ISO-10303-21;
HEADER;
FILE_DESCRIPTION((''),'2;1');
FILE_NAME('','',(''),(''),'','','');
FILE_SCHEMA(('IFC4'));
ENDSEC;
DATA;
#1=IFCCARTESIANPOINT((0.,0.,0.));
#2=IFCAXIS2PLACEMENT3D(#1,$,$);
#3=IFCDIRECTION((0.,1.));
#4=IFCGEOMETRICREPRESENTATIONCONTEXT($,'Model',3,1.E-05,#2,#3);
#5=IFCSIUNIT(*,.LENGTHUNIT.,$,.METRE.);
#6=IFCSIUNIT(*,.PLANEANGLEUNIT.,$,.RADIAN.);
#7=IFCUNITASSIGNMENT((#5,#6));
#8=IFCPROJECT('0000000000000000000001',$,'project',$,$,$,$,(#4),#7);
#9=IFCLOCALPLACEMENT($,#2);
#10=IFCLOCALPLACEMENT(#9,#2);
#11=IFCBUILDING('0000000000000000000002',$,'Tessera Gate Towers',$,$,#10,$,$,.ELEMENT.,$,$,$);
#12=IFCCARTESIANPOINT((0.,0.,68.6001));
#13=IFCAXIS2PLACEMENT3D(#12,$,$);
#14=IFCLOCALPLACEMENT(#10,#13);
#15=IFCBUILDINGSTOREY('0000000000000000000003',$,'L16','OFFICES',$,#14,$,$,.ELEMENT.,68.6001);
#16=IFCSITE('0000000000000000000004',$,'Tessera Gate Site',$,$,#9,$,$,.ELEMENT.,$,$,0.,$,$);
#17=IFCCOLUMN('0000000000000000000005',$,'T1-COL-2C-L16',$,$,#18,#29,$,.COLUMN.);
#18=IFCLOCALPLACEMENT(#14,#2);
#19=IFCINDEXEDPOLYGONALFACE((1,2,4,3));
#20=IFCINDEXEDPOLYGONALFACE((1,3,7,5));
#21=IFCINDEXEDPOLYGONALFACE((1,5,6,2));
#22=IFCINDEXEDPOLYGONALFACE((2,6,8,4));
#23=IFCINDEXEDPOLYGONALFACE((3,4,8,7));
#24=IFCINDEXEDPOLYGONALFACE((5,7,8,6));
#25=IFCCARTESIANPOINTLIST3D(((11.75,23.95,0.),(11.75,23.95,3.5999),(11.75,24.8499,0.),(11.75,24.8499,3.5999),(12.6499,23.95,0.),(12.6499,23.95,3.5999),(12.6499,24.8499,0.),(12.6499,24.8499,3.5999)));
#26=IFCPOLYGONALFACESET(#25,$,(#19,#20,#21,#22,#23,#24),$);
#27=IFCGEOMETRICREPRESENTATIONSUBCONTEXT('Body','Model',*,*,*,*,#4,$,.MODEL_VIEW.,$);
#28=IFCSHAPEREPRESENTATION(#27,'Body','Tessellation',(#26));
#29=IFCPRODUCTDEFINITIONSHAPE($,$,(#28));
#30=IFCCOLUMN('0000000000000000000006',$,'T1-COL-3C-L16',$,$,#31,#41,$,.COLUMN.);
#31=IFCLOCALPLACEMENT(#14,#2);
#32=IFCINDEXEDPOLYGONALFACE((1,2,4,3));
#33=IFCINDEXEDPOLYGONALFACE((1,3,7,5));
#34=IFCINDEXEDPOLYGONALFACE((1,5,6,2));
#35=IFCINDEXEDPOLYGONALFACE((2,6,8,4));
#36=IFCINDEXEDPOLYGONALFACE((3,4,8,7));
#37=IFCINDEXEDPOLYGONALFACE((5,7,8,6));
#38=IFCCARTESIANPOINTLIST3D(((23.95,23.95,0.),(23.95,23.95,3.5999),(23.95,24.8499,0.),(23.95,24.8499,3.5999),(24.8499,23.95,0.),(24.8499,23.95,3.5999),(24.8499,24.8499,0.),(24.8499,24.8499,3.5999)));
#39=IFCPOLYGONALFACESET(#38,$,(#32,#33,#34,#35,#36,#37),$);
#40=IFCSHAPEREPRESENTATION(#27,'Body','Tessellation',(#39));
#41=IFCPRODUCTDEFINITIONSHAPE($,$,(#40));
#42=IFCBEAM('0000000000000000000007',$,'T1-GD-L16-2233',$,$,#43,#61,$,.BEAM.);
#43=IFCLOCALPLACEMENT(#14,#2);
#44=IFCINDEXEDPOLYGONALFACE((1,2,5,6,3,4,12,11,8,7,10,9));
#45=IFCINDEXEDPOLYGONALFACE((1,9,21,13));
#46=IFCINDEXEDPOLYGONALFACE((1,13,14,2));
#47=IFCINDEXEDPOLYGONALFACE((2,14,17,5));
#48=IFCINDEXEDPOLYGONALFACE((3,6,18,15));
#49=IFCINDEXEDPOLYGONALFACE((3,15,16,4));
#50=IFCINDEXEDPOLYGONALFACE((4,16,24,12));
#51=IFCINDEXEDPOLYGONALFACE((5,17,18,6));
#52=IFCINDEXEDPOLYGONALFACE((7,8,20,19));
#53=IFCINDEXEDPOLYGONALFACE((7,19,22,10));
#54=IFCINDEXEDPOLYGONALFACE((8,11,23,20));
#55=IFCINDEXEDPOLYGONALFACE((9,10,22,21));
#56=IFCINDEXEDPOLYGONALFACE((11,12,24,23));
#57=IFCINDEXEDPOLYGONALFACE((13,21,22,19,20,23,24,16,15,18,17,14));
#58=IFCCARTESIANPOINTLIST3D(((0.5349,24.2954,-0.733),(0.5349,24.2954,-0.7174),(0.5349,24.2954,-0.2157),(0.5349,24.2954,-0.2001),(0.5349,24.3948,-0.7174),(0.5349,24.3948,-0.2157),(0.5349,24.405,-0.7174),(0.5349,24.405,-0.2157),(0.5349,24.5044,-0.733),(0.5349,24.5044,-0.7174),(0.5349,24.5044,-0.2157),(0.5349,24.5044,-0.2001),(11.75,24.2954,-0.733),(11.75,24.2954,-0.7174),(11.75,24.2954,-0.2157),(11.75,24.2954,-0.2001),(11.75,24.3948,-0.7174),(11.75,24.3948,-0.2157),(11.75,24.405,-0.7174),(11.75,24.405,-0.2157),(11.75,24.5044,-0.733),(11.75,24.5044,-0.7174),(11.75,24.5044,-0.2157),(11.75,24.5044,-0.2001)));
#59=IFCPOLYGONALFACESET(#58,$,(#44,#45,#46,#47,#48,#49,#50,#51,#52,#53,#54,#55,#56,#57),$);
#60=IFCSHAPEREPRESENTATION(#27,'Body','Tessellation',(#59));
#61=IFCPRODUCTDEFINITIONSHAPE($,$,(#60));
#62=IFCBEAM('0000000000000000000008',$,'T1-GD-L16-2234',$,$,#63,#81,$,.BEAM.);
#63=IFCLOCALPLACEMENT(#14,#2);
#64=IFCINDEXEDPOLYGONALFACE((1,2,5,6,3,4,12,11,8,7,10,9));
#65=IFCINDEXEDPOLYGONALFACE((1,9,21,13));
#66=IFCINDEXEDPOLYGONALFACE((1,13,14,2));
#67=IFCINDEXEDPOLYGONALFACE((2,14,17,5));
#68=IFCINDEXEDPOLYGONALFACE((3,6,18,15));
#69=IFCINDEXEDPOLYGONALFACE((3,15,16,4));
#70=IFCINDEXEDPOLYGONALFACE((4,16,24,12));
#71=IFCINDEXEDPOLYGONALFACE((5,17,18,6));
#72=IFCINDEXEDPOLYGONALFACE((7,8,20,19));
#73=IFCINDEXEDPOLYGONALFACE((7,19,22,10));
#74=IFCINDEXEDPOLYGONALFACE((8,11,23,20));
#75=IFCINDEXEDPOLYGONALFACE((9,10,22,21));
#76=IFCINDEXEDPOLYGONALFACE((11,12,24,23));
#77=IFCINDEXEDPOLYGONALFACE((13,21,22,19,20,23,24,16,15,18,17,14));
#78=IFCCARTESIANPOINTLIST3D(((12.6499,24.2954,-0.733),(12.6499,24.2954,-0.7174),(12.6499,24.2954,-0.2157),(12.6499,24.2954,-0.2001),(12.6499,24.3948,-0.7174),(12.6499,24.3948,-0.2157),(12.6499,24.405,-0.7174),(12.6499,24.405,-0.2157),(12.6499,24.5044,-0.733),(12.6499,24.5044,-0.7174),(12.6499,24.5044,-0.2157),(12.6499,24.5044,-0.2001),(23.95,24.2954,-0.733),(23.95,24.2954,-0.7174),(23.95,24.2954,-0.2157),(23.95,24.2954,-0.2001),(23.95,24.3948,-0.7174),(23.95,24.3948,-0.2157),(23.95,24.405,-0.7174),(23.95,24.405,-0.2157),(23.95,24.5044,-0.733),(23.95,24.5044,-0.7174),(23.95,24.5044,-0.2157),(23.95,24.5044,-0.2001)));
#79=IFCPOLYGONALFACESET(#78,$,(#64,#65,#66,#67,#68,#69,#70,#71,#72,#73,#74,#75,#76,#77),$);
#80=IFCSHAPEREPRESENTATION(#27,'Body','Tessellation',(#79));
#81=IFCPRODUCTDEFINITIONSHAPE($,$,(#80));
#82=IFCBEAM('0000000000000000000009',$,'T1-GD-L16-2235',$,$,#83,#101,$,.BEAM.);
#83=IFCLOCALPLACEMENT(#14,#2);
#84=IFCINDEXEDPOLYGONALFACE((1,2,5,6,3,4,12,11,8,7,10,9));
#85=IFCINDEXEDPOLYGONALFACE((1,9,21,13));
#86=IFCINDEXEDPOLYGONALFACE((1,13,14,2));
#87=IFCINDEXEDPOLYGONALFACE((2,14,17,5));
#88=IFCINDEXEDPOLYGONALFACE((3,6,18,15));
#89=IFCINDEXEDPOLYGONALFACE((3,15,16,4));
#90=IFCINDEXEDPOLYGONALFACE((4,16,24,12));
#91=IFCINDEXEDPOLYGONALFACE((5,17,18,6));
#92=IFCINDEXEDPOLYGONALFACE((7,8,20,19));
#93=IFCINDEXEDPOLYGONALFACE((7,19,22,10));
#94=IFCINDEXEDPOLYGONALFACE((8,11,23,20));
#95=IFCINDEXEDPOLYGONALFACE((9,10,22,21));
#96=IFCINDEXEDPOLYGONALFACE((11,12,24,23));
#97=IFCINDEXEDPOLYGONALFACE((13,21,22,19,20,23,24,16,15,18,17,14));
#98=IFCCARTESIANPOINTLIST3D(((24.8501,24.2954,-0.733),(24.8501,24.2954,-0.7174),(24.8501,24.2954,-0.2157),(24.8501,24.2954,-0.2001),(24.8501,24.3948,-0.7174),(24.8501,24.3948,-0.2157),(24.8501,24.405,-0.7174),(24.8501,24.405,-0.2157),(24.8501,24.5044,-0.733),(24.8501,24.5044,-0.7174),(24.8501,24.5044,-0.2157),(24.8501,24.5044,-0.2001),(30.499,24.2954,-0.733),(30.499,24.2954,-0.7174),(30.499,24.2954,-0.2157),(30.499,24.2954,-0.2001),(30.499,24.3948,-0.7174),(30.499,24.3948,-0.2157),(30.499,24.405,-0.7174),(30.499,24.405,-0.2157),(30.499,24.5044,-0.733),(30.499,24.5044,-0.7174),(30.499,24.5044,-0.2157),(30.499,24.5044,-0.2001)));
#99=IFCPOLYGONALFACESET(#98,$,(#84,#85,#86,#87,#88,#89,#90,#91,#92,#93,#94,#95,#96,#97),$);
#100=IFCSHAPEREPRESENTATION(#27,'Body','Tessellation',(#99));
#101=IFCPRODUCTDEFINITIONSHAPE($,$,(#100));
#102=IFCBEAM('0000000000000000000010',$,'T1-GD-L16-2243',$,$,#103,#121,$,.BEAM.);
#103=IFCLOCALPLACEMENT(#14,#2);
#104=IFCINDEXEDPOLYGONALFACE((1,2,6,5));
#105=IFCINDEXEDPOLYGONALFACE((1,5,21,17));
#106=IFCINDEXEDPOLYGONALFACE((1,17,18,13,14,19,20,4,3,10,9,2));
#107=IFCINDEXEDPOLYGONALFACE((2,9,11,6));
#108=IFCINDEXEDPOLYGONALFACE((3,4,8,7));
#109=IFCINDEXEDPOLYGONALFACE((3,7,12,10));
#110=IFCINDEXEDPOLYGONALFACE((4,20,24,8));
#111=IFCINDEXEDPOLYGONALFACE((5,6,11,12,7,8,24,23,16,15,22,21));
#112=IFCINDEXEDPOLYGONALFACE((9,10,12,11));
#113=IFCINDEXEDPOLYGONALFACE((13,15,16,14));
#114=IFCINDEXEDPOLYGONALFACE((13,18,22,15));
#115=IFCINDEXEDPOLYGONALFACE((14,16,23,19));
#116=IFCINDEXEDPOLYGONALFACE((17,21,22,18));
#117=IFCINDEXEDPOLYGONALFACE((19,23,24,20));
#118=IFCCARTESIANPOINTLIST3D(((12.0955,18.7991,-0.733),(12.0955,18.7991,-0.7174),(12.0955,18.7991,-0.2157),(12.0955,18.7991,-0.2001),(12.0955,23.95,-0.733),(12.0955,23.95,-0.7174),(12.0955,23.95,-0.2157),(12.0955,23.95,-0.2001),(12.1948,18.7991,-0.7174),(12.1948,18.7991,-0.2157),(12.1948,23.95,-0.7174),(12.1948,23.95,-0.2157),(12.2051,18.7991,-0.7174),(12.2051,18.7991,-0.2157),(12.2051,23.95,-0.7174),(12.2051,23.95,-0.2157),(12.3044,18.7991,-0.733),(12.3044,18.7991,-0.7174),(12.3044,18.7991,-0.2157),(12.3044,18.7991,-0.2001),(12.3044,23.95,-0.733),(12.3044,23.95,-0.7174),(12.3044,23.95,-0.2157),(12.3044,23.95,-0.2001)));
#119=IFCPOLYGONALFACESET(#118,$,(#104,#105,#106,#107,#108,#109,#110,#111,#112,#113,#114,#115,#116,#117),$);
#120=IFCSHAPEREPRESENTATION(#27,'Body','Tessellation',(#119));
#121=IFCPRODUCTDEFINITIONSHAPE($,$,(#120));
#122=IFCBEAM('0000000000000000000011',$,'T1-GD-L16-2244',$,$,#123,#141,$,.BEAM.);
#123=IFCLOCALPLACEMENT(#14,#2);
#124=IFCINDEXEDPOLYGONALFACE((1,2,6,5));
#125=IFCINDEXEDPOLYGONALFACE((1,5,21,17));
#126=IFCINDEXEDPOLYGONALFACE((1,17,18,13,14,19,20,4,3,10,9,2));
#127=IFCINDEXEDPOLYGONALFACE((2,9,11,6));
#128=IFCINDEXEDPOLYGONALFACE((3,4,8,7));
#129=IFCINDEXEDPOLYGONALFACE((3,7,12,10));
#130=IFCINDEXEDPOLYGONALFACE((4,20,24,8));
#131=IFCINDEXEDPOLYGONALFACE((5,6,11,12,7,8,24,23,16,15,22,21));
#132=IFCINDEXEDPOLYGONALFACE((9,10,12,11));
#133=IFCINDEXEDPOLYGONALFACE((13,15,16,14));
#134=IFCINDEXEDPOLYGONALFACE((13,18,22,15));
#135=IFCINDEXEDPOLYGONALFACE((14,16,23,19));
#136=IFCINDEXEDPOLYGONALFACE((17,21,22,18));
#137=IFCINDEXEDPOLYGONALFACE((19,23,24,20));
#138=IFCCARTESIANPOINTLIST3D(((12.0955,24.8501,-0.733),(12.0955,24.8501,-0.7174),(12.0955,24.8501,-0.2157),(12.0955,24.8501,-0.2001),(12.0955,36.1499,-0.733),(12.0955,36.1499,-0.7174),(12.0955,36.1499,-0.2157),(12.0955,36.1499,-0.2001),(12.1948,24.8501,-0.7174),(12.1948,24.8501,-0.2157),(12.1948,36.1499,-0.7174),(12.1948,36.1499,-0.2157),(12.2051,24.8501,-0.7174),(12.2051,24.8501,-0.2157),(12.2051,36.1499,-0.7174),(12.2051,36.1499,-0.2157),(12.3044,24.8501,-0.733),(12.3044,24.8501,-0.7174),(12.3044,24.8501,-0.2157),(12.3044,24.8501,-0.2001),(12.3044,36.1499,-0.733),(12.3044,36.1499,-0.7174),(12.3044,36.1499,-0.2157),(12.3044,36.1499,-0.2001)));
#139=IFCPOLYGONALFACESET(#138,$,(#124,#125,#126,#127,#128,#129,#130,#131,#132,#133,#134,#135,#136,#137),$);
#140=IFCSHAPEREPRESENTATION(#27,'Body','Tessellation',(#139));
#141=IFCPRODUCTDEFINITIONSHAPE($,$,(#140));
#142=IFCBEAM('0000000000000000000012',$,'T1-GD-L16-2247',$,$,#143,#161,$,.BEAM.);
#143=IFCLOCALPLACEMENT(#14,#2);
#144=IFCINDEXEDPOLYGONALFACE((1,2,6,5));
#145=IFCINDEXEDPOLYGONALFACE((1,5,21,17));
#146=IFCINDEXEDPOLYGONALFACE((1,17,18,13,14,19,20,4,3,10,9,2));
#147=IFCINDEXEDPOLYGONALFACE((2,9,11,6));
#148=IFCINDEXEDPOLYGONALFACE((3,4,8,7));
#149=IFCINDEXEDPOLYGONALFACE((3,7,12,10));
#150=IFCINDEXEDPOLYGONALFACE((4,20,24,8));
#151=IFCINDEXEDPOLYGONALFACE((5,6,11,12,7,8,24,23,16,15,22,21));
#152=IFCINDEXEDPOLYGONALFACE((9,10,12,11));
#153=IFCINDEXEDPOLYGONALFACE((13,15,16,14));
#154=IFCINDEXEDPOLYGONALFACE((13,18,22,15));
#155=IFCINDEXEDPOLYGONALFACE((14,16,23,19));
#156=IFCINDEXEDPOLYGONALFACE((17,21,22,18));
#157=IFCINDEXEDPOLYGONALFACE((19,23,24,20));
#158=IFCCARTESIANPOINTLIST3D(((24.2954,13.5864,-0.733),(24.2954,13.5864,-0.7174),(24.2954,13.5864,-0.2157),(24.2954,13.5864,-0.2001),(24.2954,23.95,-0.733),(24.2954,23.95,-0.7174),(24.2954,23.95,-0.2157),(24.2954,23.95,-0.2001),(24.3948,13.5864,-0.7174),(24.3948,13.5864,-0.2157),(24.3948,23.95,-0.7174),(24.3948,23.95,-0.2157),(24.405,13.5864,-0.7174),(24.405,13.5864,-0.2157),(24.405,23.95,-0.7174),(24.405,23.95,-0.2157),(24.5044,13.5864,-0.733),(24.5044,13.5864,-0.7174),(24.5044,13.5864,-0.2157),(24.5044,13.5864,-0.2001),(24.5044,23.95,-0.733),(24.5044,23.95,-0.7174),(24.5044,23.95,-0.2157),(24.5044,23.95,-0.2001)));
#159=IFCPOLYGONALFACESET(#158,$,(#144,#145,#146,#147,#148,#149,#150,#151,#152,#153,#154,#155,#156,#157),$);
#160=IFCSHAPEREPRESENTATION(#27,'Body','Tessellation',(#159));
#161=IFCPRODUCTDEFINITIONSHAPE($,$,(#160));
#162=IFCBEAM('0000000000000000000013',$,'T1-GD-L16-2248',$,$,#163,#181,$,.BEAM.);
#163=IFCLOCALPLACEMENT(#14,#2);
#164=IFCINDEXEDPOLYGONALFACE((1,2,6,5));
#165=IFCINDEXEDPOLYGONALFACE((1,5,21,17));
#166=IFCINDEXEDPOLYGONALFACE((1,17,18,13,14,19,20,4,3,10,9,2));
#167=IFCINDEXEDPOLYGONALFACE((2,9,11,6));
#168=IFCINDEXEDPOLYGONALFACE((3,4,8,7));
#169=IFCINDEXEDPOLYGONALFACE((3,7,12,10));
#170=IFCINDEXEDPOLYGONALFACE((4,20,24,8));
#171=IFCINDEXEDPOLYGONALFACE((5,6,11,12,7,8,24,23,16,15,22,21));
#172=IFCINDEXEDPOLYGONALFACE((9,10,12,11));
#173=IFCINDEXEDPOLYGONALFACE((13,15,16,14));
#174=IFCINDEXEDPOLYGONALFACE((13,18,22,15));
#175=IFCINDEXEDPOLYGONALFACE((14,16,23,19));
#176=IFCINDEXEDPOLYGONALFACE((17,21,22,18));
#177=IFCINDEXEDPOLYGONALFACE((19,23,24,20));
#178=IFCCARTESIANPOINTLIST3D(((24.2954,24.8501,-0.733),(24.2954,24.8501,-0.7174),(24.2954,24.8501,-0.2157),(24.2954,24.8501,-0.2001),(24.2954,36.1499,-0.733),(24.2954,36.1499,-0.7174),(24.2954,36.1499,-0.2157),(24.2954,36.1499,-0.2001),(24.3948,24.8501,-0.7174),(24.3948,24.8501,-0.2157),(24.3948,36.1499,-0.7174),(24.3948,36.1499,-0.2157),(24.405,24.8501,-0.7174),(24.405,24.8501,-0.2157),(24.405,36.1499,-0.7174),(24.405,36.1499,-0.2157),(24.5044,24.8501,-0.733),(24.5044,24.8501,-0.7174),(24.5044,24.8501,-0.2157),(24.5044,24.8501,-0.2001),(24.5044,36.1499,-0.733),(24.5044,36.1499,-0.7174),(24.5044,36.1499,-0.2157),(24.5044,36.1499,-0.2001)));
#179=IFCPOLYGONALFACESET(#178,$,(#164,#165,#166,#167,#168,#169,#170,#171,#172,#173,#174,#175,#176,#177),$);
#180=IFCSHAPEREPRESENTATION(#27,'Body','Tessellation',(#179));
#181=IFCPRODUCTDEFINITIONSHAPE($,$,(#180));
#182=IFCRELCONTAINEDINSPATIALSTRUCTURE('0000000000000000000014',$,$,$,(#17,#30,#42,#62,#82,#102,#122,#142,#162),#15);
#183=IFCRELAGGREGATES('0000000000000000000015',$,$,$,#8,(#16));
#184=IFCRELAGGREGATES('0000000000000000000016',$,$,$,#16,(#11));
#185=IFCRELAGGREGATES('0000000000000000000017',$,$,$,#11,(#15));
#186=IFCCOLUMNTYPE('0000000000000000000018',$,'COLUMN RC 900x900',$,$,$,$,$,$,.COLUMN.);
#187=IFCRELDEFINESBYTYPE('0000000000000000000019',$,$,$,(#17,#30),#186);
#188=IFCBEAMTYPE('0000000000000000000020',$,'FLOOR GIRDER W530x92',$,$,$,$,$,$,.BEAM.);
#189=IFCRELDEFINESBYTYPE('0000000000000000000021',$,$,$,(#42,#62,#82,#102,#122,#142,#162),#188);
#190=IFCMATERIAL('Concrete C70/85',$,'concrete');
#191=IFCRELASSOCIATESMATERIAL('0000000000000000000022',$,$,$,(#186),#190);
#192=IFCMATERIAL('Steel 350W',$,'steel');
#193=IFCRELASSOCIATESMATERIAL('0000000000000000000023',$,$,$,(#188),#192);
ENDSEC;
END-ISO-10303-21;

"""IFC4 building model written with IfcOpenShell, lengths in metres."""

from ifc_helpers import new_model, si_unit, direction, frame, origin, origin_2d, place, context, subcontext, project, spatial, rectangle, i_section, extrude, material, material_profile, profile_set, type_object, element, save


model = new_model("IFC4")

# Units and contexts
model_context = context("Model", 3, precision=1e-05, world=origin(), true_north=direction((0.0, 1.0)))
body_context = subcontext(model_context, "Body", "Model", "MODEL_VIEW")
ifc_project = project(units=[si_unit("LENGTHUNIT", "METRE"), si_unit("PLANEANGLEUNIT", "RADIAN")], contexts=[model_context])

# Site, building, storey
site_placement = place(None, origin())
site = spatial("IfcSite", under=ifc_project, at=site_placement, Name="Tessera Gate Site", CompositionType="ELEMENT", RefElevation=0.0)
building_placement = place(site_placement, origin())
building = spatial("IfcBuilding", under=site, at=building_placement, Name="Tessera Gate Towers", CompositionType="ELEMENT")
storey_placement = place(building_placement, frame((0.0, 0.0, 68.6001)))
storey = spatial("IfcBuildingStorey", under=building, at=storey_placement, Name="L16", Description="OFFICES", CompositionType="ELEMENT", Elevation=68.6001)

# Columns
ifc_material_1 = material(Name="Concrete C70/85", Category="concrete")
ifc_material_profile_1 = material_profile(ifc_material_1, rectangle(XDim=0.8999, YDim=0.8999, at=origin_2d()), Name="RC 900x900")
ifc_profile_set_1 = profile_set([ifc_material_profile_1], Name="Concrete C70/85")
column_type = type_object("IfcColumnType", Name="COLUMN RC 900x900", PredefinedType="COLUMN", material=ifc_profile_set_1)
for number, where, z_axis, x_axis, name in (
    (1, (12.2, 24.3999, 0.0), (0.0, 0.0, 1.0), (1.0, 0.0, 0.0), "T1-COL-2C-L16"),
    (2, (24.3999, 24.3999, 0.0), (0.0, 0.0, 1.0), (1.0, 0.0, 0.0), "T1-COL-3C-L16"),
):
    element("IfcColumn", number, at=place(storey_placement, frame(where, z_axis=z_axis, x_axis=x_axis)), inside=storey, type_object=column_type, Name=name, PredefinedType="COLUMN", context=body_context, shape_type="SweptSolid", body=[
        extrude(rectangle(XDim=0.8999, YDim=0.8999, at=origin_2d()), origin(), (0.0, 0.0, 1.0), 3.5999),
    ])

# Beams
ifc_material_2 = material(Name="Steel 350W", Category="steel")
ifc_material_profile_2 = material_profile(ifc_material_2, i_section(OverallWidth=0.209, OverallDepth=0.533, WebThickness=0.0103, FlangeThickness=0.0156, at=origin_2d()), Name="W530x92")
ifc_profile_set_2 = profile_set([ifc_material_profile_2], Name="Steel 350W")
beam_type_1 = type_object("IfcBeamType", Name="FLOOR GIRDER W530x92", PredefinedType="BEAM", material=ifc_profile_set_2)
beam_1_placement = place(storey_placement, frame((0.5349, 24.3999, -0.4666), z_axis=(1.0, 0.0, 0.0), x_axis=(0.0, 1.0, 0.0)))
element("IfcBeam", 3, at=beam_1_placement, inside=storey, type_object=beam_type_1, Name="T1-GD-L16-2233", PredefinedType="BEAM", context=body_context, shape_type="SweptSolid", body=[
    extrude(i_section(OverallWidth=0.209, OverallDepth=0.533, WebThickness=0.0103, FlangeThickness=0.0156, at=origin_2d()), origin(), (0.0, 0.0, 1.0), 11.2151),
])
beam_2_placement = place(storey_placement, frame((12.6499, 24.3999, -0.4666), z_axis=(1.0, 0.0, 0.0), x_axis=(0.0, 1.0, 0.0)))
element("IfcBeam", 4, at=beam_2_placement, inside=storey, type_object=beam_type_1, Name="T1-GD-L16-2234", PredefinedType="BEAM", context=body_context, shape_type="SweptSolid", body=[
    extrude(i_section(OverallWidth=0.209, OverallDepth=0.533, WebThickness=0.0103, FlangeThickness=0.0156, at=origin_2d()), origin(), (0.0, 0.0, 1.0), 11.3),
])
beam_3_placement = place(storey_placement, frame((24.8501, 24.3999, -0.4666), z_axis=(1.0, 0.0, 0.0), x_axis=(0.0, 1.0, 0.0)))
element("IfcBeam", 5, at=beam_3_placement, inside=storey, type_object=beam_type_1, Name="T1-GD-L16-2235", PredefinedType="BEAM", context=body_context, shape_type="SweptSolid", body=[
    extrude(i_section(OverallWidth=0.209, OverallDepth=0.533, WebThickness=0.0103, FlangeThickness=0.0156, at=origin_2d()), origin(), (0.0, 0.0, 1.0), 5.6489),
])
beam_4_placement = place(storey_placement, frame((12.2, 18.7991, -0.4666), z_axis=(0.0, 1.0, 0.0), x_axis=(-1.0, 0.0, 0.0)))
element("IfcBeam", 6, at=beam_4_placement, inside=storey, type_object=beam_type_1, Name="T1-GD-L16-2243", PredefinedType="BEAM", context=body_context, shape_type="SweptSolid", body=[
    extrude(i_section(OverallWidth=0.209, OverallDepth=0.533, WebThickness=0.0103, FlangeThickness=0.0156, at=origin_2d()), origin(), (0.0, 0.0, 1.0), 5.1509),
])
beam_5_placement = place(storey_placement, frame((12.2, 24.8501, -0.4666), z_axis=(0.0, 1.0, 0.0), x_axis=(-1.0, 0.0, 0.0)))
element("IfcBeam", 7, at=beam_5_placement, inside=storey, type_object=beam_type_1, Name="T1-GD-L16-2244", PredefinedType="BEAM", context=body_context, shape_type="SweptSolid", body=[
    extrude(i_section(OverallWidth=0.209, OverallDepth=0.533, WebThickness=0.0103, FlangeThickness=0.0156, at=origin_2d()), origin(), (0.0, 0.0, 1.0), 11.2998),
])
beam_6_placement = place(storey_placement, frame((24.3999, 13.5864, -0.4666), z_axis=(0.0, 1.0, 0.0), x_axis=(-1.0, 0.0, 0.0)))
element("IfcBeam", 8, at=beam_6_placement, inside=storey, type_object=beam_type_1, Name="T1-GD-L16-2247", PredefinedType="BEAM", context=body_context, shape_type="SweptSolid", body=[
    extrude(i_section(OverallWidth=0.209, OverallDepth=0.533, WebThickness=0.0103, FlangeThickness=0.0156, at=origin_2d()), origin(), (0.0, 0.0, 1.0), 10.3635),
])
beam_7_placement = place(storey_placement, frame((24.3999, 24.8501, -0.4666), z_axis=(0.0, 1.0, 0.0), x_axis=(-1.0, 0.0, 0.0)))
element("IfcBeam", 9, at=beam_7_placement, inside=storey, type_object=beam_type_1, Name="T1-GD-L16-2248", PredefinedType="BEAM", context=body_context, shape_type="SweptSolid", body=[
    extrude(i_section(OverallWidth=0.209, OverallDepth=0.533, WebThickness=0.0103, FlangeThickness=0.0156, at=origin_2d()), origin(), (0.0, 0.0, 1.0), 11.2998),
])

save(model, "model.ifc")
